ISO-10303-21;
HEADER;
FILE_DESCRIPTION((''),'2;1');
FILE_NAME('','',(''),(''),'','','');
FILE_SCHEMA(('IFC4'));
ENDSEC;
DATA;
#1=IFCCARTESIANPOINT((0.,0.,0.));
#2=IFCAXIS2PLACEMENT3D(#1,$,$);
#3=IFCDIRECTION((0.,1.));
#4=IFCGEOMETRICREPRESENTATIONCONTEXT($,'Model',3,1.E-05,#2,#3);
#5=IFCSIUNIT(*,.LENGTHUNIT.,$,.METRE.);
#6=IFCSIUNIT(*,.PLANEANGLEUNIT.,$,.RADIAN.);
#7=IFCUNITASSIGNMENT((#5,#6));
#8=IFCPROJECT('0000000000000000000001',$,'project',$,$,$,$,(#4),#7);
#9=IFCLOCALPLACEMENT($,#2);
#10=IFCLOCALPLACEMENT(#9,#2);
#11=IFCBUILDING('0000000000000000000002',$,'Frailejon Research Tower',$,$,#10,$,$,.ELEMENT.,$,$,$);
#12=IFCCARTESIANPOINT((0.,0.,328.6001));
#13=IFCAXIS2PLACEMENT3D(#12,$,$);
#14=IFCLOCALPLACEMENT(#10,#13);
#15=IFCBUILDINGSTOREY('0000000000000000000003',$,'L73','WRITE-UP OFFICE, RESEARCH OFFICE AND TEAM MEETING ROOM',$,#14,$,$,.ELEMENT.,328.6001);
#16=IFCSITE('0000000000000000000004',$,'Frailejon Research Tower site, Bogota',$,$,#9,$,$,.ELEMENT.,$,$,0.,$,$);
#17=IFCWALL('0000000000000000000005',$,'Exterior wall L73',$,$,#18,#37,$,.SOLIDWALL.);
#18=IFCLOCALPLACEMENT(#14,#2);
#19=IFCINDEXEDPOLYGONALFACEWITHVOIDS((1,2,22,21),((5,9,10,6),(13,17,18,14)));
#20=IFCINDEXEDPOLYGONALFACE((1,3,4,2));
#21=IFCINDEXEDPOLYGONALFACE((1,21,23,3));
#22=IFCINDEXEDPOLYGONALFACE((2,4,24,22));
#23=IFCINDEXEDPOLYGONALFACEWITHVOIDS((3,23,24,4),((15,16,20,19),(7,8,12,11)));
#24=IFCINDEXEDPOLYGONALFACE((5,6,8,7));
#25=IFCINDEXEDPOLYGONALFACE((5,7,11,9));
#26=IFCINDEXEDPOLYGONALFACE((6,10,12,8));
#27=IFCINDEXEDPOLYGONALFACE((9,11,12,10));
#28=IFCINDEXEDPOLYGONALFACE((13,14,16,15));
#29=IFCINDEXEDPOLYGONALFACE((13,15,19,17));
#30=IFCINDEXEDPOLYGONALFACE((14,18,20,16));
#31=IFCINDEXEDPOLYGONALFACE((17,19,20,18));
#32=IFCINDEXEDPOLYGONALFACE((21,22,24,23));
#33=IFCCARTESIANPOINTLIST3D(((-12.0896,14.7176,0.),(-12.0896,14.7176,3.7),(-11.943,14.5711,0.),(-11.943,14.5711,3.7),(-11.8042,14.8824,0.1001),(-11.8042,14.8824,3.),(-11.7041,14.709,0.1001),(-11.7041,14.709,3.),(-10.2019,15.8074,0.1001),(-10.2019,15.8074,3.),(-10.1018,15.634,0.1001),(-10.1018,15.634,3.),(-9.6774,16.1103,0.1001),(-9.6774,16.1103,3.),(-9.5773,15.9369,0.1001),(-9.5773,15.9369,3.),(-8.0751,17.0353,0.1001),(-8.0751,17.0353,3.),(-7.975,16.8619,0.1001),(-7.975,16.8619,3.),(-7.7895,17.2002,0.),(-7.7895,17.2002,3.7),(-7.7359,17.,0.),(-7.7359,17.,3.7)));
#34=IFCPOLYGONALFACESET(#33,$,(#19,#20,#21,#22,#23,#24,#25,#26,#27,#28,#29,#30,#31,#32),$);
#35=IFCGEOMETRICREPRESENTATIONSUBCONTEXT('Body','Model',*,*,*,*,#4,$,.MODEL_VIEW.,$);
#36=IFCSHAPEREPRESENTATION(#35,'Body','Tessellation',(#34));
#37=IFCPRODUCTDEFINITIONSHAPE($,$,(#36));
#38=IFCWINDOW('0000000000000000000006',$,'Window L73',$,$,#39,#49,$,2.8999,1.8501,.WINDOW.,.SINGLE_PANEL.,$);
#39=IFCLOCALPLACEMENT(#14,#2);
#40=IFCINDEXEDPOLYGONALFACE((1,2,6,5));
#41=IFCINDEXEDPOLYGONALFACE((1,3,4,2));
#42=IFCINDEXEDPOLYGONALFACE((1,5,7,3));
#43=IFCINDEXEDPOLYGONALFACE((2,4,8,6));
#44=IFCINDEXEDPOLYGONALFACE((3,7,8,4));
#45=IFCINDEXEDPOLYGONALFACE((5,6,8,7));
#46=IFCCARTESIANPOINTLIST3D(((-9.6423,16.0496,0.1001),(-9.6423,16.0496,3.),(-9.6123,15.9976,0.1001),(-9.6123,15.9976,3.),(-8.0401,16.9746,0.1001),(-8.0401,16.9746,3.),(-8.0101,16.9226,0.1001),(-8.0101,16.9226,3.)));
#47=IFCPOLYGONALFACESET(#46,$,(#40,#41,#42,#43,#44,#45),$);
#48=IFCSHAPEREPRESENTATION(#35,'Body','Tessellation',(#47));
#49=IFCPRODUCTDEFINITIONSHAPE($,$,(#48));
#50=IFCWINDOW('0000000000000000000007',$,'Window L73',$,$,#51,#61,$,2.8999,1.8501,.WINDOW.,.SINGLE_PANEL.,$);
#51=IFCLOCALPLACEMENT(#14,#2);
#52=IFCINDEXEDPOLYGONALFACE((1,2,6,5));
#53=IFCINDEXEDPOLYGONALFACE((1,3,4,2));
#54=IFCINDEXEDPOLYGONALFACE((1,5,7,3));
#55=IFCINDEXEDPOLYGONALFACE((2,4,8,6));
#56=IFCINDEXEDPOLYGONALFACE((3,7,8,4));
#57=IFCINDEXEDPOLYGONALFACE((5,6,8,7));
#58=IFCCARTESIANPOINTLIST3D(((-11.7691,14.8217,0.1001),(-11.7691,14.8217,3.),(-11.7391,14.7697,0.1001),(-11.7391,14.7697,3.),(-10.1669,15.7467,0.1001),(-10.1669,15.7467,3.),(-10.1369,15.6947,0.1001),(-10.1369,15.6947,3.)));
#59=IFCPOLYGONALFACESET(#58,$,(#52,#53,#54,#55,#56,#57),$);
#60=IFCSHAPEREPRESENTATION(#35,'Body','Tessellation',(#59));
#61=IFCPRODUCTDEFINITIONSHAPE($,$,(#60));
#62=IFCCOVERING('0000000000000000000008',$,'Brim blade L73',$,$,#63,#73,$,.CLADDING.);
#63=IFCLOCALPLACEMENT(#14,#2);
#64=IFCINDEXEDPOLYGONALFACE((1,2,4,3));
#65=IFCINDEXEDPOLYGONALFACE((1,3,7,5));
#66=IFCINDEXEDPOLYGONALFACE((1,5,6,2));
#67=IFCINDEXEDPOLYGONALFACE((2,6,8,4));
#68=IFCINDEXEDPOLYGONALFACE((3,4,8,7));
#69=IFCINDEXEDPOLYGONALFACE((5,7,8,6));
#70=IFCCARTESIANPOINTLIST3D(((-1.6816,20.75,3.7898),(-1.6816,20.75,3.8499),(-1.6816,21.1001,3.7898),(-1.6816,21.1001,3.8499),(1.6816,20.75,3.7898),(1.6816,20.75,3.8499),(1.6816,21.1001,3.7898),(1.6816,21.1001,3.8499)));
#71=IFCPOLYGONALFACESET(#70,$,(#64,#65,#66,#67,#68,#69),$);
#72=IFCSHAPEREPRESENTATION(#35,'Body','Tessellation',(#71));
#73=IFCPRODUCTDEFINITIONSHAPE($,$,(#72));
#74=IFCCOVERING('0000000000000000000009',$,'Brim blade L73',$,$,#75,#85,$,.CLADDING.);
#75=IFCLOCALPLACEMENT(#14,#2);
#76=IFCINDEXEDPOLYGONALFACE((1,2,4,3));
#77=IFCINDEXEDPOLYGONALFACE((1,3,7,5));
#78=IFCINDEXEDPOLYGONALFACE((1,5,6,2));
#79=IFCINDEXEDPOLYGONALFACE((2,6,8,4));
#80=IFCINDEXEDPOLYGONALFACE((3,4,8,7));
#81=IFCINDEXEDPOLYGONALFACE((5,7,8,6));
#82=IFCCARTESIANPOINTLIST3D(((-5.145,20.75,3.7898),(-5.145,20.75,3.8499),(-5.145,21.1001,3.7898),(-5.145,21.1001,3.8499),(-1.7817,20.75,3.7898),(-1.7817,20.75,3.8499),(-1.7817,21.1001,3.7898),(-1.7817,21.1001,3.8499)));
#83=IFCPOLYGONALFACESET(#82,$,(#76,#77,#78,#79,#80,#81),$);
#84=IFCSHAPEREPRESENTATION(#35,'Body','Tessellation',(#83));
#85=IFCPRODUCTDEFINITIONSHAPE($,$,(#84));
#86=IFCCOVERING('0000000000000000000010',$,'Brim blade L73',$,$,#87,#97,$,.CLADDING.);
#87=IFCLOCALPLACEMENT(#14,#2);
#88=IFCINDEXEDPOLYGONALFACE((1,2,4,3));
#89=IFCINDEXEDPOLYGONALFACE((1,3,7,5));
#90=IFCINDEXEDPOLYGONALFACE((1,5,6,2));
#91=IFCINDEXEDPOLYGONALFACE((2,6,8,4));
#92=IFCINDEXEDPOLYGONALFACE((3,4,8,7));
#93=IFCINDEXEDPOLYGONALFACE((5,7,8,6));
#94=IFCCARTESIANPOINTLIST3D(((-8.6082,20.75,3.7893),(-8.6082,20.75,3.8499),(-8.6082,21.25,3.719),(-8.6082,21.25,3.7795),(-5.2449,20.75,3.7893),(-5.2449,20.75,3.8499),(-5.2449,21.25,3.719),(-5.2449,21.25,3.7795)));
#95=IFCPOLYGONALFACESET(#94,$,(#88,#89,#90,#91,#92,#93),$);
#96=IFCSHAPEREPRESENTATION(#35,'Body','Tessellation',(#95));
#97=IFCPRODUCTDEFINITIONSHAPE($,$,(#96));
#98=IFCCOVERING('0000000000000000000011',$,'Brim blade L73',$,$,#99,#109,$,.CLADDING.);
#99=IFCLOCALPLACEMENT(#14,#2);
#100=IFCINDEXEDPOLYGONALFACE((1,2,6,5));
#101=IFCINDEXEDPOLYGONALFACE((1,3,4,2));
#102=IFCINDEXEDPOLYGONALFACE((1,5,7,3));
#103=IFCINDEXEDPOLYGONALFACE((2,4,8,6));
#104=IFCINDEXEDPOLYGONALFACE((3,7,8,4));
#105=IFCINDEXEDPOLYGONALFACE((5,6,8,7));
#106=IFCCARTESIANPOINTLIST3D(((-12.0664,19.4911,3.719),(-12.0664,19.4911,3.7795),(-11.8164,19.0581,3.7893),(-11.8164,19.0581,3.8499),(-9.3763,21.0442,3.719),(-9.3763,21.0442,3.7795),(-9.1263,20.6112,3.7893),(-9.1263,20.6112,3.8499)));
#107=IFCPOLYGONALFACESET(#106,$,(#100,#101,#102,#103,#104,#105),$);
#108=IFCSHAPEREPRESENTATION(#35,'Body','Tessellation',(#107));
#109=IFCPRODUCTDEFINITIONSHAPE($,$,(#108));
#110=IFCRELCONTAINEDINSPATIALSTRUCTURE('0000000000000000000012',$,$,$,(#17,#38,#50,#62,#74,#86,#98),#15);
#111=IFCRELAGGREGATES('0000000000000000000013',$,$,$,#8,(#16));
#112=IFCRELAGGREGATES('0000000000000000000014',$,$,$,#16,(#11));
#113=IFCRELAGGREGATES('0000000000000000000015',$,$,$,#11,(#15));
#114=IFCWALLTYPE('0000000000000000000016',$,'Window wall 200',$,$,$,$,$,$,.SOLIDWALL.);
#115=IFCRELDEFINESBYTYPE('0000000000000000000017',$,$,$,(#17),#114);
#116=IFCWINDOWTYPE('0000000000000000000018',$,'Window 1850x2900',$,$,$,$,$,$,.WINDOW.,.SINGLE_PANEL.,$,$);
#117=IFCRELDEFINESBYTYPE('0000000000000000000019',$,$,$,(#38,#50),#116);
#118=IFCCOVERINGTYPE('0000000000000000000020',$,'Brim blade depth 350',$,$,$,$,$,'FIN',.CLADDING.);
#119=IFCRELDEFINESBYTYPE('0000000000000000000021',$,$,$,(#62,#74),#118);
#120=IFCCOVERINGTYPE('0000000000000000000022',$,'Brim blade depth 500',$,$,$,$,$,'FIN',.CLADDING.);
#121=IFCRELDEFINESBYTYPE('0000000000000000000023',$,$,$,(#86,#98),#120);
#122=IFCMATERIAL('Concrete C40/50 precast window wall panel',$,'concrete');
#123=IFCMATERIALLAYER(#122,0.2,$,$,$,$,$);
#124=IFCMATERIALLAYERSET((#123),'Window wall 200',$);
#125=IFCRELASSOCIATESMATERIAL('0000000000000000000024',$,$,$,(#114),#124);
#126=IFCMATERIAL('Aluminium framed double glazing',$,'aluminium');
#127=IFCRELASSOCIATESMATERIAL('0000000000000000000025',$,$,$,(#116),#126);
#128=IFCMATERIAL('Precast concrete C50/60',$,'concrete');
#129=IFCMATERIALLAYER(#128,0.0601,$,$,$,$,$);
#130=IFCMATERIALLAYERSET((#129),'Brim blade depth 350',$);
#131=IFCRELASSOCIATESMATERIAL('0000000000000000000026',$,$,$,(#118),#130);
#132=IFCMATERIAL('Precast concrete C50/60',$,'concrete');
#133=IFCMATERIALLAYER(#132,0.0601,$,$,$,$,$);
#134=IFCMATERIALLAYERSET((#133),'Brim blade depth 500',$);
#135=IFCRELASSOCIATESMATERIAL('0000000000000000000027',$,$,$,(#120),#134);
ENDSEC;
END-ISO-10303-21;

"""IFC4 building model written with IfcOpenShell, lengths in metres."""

from ifc_helpers import new_model, si_unit, direction, frame, frame_2d, origin, place, context, subcontext, project, spatial, polyline, rectangle, outline, extrude, material, layer, layer_set, type_object, element, fill, save


model = new_model("IFC4")

# Units and contexts
model_context = context("Model", 3, precision=1e-05, world=origin(), true_north=direction((0.0, 1.0)))
body_context = subcontext(model_context, "Body", "Model", "MODEL_VIEW")
ifc_project = project(units=[si_unit("LENGTHUNIT", "METRE"), si_unit("PLANEANGLEUNIT", "RADIAN")], contexts=[model_context])

# Site, building, storey
site_placement = place(None, origin())
site = spatial("IfcSite", under=ifc_project, at=site_placement, Name="Frailejon Research Tower site, Bogota", CompositionType="ELEMENT", RefElevation=0.0)
building_placement = place(site_placement, origin())
building = spatial("IfcBuilding", under=site, at=building_placement, Name="Frailejon Research Tower", CompositionType="ELEMENT")
storey_placement = place(building_placement, frame((0.0, 0.0, 328.6001)))
storey = spatial("IfcBuildingStorey", under=building, at=storey_placement, Name="L73", Description="WRITE-UP OFFICE, RESEARCH OFFICE AND TEAM MEETING ROOM", CompositionType="ELEMENT", Elevation=328.6001)

# Wall, openings, windows
ifc_material_1 = material(Name="Concrete C40/50 precast window wall panel", Category="concrete")
ifc_layer_1 = layer(ifc_material_1, 0.2)
ifc_layer_set_1 = layer_set([ifc_layer_1], Name="Window wall 200")
wall_type = type_object("IfcWallType", Name="Window wall 200", PredefinedType="SOLIDWALL", material=ifc_layer_set_1)
wall_placement = place(storey_placement, frame((-7.7627, 17.1001, 0.0), z_axis=(0.0, 0.0, 1.0), x_axis=(-0.866029, -0.499994, 0.0)))
wall = element("IfcWall", 1, at=wall_placement, inside=storey, type_object=wall_type, Name="Exterior wall L73", PredefinedType="SOLIDWALL", context=body_context, shape_type="SweptSolid", body=[
    extrude(outline(polyline([(-0.0269, -0.1001), (1.2144, -0.1001), (2.4558, -0.1001), (3.6973, -0.1001), (4.9385, -0.1001), (4.8848, 0.1001), (3.6704, 0.1001), (2.4558, 0.1001), (1.2412, 0.1001), (0.0269, 0.1001), (-0.0269, -0.1001)])), origin(), (0.0, 0.0, 1.0), 3.7),
])
opening_1_placement = place(wall_placement, frame((0.303, 0.0, 0.1001)))
opening_1 = element("IfcOpeningElement", 2, at=opening_1_placement, cuts=wall, PredefinedType="OPENING", context=body_context, shape_type="SweptSolid", body=[
    extrude(rectangle(XDim=1.8501, YDim=2.8999, at=frame_2d((0.925, 1.45))), frame((0.0, 0.1099, 0.0), z_axis=(0.0, -1.0, 0.0), x_axis=(1.0, 0.0, 0.0)), (0.0, 0.0, 1.0), 0.22),
])
opening_2_placement = place(wall_placement, frame((2.7588, 0.0, 0.1001)))
opening_2 = element("IfcOpeningElement", 3, at=opening_2_placement, cuts=wall, PredefinedType="OPENING", context=body_context, shape_type="SweptSolid", body=[
    extrude(rectangle(XDim=1.8501, YDim=2.8999, at=frame_2d((0.925, 1.45))), frame((0.0, 0.1099, 0.0), z_axis=(0.0, -1.0, 0.0), x_axis=(1.0, 0.0, 0.0)), (0.0, 0.0, 1.0), 0.22),
])
ifc_material_2 = material(Name="Aluminium framed double glazing", Category="aluminium")
window_type = type_object("IfcWindowType", Name="Window 1850x2900", PartitioningType="SINGLE_PANEL", PredefinedType="WINDOW", material=ifc_material_2)
window_1_placement = place(opening_1_placement, origin())
window_1 = element("IfcWindow", 4, at=window_1_placement, inside=storey, type_object=window_type, Name="Window L73", OverallHeight=2.8999, OverallWidth=1.8501, PartitioningType="SINGLE_PANEL", PredefinedType="WINDOW", context=body_context, shape_type="SweptSolid", body=[
    extrude(rectangle(XDim=1.8501, YDim=2.8999, at=frame_2d((0.925, 1.45))), frame((0.0, 0.03, 0.0), z_axis=(0.0, -1.0, 0.0), x_axis=(1.0, 0.0, 0.0)), (0.0, 0.0, 1.0), 0.0601),
])
fill(opening_1, window_1)
window_2_placement = place(opening_2_placement, origin())
window_2 = element("IfcWindow", 5, at=window_2_placement, inside=storey, type_object=window_type, Name="Window L73", OverallHeight=2.8999, OverallWidth=1.8501, PartitioningType="SINGLE_PANEL", PredefinedType="WINDOW", context=body_context, shape_type="SweptSolid", body=[
    extrude(rectangle(XDim=1.8501, YDim=2.8999, at=frame_2d((0.925, 1.45))), frame((0.0, 0.03, 0.0), z_axis=(0.0, -1.0, 0.0), x_axis=(1.0, 0.0, 0.0)), (0.0, 0.0, 1.0), 0.0601),
])
fill(opening_2, window_2)

# Coverings
ifc_material_3 = material(Name="Precast concrete C50/60", Category="concrete")
ifc_layer_2 = layer(ifc_material_3, 0.0601)
ifc_layer_set_2 = layer_set([ifc_layer_2], Name="Brim blade depth 350")
covering_type_1 = type_object("IfcCoveringType", Name="Brim blade depth 350", ElementType="FIN", PredefinedType="CLADDING", material=ifc_layer_set_2)
for number, where, z_axis, x_axis, name in (
    (6, (-1.6816, 20.75, 3.8499), (1.0, 0.0, 0.0), (0.0, 1.0, 0.0), "Brim blade L73"),
    (7, (-5.145, 20.75, 3.8499), (1.0, 0.0, 0.0), (0.0, 1.0, 0.0), "Brim blade L73"),
):
    element("IfcCovering", number, at=place(storey_placement, frame(where, z_axis=z_axis, x_axis=x_axis)), inside=storey, type_object=covering_type_1, Name=name, PredefinedType="CLADDING", context=body_context, shape_type="SweptSolid", body=[
        extrude(outline(polyline([(0.0, -0.0601), (0.3501, -0.0601), (0.3501, 0.0), (0.0, 0.0), (0.0, -0.0601)])), origin(), (0.0, 0.0, 1.0), 3.3633),
    ])
ifc_material_4 = material(Name="Precast concrete C50/60", Category="concrete")
ifc_layer_3 = layer(ifc_material_4, 0.0601)
ifc_layer_set_3 = layer_set([ifc_layer_3], Name="Brim blade depth 500")
covering_type_2 = type_object("IfcCoveringType", Name="Brim blade depth 500", ElementType="FIN", PredefinedType="CLADDING", material=ifc_layer_set_3)
covering_1_placement = place(storey_placement, frame((-8.6082, 20.75, 3.8499), z_axis=(1.0, 0.0, 0.0), x_axis=(0.0, 1.0, 0.0)))
element("IfcCovering", 8, at=covering_1_placement, inside=storey, type_object=covering_type_2, Name="Brim blade L73", PredefinedType="CLADDING", context=body_context, shape_type="SweptSolid", body=[
    extrude(outline(polyline([(0.0, -0.0605), (0.5, -0.1309), (0.5, -0.0703), (0.0, 0.0), (0.0, -0.0605)])), origin(), (0.0, 0.0, 1.0), 3.3633),
])
covering_2_placement = place(storey_placement, frame((-11.8164, 19.0581, 3.8499), z_axis=(0.866035, 0.499983, 0.0), x_axis=(-0.499983, 0.866035, 0.0)))
element("IfcCovering", 9, at=covering_2_placement, inside=storey, type_object=covering_type_2, Name="Brim blade L73", PredefinedType="CLADDING", context=body_context, shape_type="SweptSolid", body=[
    extrude(outline(polyline([(0.0, -0.0605), (0.5, -0.1309), (0.5, -0.0703), (0.0, 0.0), (0.0, -0.0605)])), origin(), (0.0, 0.0, 1.0), 3.1062),
])

save(model, "model.ifc")
